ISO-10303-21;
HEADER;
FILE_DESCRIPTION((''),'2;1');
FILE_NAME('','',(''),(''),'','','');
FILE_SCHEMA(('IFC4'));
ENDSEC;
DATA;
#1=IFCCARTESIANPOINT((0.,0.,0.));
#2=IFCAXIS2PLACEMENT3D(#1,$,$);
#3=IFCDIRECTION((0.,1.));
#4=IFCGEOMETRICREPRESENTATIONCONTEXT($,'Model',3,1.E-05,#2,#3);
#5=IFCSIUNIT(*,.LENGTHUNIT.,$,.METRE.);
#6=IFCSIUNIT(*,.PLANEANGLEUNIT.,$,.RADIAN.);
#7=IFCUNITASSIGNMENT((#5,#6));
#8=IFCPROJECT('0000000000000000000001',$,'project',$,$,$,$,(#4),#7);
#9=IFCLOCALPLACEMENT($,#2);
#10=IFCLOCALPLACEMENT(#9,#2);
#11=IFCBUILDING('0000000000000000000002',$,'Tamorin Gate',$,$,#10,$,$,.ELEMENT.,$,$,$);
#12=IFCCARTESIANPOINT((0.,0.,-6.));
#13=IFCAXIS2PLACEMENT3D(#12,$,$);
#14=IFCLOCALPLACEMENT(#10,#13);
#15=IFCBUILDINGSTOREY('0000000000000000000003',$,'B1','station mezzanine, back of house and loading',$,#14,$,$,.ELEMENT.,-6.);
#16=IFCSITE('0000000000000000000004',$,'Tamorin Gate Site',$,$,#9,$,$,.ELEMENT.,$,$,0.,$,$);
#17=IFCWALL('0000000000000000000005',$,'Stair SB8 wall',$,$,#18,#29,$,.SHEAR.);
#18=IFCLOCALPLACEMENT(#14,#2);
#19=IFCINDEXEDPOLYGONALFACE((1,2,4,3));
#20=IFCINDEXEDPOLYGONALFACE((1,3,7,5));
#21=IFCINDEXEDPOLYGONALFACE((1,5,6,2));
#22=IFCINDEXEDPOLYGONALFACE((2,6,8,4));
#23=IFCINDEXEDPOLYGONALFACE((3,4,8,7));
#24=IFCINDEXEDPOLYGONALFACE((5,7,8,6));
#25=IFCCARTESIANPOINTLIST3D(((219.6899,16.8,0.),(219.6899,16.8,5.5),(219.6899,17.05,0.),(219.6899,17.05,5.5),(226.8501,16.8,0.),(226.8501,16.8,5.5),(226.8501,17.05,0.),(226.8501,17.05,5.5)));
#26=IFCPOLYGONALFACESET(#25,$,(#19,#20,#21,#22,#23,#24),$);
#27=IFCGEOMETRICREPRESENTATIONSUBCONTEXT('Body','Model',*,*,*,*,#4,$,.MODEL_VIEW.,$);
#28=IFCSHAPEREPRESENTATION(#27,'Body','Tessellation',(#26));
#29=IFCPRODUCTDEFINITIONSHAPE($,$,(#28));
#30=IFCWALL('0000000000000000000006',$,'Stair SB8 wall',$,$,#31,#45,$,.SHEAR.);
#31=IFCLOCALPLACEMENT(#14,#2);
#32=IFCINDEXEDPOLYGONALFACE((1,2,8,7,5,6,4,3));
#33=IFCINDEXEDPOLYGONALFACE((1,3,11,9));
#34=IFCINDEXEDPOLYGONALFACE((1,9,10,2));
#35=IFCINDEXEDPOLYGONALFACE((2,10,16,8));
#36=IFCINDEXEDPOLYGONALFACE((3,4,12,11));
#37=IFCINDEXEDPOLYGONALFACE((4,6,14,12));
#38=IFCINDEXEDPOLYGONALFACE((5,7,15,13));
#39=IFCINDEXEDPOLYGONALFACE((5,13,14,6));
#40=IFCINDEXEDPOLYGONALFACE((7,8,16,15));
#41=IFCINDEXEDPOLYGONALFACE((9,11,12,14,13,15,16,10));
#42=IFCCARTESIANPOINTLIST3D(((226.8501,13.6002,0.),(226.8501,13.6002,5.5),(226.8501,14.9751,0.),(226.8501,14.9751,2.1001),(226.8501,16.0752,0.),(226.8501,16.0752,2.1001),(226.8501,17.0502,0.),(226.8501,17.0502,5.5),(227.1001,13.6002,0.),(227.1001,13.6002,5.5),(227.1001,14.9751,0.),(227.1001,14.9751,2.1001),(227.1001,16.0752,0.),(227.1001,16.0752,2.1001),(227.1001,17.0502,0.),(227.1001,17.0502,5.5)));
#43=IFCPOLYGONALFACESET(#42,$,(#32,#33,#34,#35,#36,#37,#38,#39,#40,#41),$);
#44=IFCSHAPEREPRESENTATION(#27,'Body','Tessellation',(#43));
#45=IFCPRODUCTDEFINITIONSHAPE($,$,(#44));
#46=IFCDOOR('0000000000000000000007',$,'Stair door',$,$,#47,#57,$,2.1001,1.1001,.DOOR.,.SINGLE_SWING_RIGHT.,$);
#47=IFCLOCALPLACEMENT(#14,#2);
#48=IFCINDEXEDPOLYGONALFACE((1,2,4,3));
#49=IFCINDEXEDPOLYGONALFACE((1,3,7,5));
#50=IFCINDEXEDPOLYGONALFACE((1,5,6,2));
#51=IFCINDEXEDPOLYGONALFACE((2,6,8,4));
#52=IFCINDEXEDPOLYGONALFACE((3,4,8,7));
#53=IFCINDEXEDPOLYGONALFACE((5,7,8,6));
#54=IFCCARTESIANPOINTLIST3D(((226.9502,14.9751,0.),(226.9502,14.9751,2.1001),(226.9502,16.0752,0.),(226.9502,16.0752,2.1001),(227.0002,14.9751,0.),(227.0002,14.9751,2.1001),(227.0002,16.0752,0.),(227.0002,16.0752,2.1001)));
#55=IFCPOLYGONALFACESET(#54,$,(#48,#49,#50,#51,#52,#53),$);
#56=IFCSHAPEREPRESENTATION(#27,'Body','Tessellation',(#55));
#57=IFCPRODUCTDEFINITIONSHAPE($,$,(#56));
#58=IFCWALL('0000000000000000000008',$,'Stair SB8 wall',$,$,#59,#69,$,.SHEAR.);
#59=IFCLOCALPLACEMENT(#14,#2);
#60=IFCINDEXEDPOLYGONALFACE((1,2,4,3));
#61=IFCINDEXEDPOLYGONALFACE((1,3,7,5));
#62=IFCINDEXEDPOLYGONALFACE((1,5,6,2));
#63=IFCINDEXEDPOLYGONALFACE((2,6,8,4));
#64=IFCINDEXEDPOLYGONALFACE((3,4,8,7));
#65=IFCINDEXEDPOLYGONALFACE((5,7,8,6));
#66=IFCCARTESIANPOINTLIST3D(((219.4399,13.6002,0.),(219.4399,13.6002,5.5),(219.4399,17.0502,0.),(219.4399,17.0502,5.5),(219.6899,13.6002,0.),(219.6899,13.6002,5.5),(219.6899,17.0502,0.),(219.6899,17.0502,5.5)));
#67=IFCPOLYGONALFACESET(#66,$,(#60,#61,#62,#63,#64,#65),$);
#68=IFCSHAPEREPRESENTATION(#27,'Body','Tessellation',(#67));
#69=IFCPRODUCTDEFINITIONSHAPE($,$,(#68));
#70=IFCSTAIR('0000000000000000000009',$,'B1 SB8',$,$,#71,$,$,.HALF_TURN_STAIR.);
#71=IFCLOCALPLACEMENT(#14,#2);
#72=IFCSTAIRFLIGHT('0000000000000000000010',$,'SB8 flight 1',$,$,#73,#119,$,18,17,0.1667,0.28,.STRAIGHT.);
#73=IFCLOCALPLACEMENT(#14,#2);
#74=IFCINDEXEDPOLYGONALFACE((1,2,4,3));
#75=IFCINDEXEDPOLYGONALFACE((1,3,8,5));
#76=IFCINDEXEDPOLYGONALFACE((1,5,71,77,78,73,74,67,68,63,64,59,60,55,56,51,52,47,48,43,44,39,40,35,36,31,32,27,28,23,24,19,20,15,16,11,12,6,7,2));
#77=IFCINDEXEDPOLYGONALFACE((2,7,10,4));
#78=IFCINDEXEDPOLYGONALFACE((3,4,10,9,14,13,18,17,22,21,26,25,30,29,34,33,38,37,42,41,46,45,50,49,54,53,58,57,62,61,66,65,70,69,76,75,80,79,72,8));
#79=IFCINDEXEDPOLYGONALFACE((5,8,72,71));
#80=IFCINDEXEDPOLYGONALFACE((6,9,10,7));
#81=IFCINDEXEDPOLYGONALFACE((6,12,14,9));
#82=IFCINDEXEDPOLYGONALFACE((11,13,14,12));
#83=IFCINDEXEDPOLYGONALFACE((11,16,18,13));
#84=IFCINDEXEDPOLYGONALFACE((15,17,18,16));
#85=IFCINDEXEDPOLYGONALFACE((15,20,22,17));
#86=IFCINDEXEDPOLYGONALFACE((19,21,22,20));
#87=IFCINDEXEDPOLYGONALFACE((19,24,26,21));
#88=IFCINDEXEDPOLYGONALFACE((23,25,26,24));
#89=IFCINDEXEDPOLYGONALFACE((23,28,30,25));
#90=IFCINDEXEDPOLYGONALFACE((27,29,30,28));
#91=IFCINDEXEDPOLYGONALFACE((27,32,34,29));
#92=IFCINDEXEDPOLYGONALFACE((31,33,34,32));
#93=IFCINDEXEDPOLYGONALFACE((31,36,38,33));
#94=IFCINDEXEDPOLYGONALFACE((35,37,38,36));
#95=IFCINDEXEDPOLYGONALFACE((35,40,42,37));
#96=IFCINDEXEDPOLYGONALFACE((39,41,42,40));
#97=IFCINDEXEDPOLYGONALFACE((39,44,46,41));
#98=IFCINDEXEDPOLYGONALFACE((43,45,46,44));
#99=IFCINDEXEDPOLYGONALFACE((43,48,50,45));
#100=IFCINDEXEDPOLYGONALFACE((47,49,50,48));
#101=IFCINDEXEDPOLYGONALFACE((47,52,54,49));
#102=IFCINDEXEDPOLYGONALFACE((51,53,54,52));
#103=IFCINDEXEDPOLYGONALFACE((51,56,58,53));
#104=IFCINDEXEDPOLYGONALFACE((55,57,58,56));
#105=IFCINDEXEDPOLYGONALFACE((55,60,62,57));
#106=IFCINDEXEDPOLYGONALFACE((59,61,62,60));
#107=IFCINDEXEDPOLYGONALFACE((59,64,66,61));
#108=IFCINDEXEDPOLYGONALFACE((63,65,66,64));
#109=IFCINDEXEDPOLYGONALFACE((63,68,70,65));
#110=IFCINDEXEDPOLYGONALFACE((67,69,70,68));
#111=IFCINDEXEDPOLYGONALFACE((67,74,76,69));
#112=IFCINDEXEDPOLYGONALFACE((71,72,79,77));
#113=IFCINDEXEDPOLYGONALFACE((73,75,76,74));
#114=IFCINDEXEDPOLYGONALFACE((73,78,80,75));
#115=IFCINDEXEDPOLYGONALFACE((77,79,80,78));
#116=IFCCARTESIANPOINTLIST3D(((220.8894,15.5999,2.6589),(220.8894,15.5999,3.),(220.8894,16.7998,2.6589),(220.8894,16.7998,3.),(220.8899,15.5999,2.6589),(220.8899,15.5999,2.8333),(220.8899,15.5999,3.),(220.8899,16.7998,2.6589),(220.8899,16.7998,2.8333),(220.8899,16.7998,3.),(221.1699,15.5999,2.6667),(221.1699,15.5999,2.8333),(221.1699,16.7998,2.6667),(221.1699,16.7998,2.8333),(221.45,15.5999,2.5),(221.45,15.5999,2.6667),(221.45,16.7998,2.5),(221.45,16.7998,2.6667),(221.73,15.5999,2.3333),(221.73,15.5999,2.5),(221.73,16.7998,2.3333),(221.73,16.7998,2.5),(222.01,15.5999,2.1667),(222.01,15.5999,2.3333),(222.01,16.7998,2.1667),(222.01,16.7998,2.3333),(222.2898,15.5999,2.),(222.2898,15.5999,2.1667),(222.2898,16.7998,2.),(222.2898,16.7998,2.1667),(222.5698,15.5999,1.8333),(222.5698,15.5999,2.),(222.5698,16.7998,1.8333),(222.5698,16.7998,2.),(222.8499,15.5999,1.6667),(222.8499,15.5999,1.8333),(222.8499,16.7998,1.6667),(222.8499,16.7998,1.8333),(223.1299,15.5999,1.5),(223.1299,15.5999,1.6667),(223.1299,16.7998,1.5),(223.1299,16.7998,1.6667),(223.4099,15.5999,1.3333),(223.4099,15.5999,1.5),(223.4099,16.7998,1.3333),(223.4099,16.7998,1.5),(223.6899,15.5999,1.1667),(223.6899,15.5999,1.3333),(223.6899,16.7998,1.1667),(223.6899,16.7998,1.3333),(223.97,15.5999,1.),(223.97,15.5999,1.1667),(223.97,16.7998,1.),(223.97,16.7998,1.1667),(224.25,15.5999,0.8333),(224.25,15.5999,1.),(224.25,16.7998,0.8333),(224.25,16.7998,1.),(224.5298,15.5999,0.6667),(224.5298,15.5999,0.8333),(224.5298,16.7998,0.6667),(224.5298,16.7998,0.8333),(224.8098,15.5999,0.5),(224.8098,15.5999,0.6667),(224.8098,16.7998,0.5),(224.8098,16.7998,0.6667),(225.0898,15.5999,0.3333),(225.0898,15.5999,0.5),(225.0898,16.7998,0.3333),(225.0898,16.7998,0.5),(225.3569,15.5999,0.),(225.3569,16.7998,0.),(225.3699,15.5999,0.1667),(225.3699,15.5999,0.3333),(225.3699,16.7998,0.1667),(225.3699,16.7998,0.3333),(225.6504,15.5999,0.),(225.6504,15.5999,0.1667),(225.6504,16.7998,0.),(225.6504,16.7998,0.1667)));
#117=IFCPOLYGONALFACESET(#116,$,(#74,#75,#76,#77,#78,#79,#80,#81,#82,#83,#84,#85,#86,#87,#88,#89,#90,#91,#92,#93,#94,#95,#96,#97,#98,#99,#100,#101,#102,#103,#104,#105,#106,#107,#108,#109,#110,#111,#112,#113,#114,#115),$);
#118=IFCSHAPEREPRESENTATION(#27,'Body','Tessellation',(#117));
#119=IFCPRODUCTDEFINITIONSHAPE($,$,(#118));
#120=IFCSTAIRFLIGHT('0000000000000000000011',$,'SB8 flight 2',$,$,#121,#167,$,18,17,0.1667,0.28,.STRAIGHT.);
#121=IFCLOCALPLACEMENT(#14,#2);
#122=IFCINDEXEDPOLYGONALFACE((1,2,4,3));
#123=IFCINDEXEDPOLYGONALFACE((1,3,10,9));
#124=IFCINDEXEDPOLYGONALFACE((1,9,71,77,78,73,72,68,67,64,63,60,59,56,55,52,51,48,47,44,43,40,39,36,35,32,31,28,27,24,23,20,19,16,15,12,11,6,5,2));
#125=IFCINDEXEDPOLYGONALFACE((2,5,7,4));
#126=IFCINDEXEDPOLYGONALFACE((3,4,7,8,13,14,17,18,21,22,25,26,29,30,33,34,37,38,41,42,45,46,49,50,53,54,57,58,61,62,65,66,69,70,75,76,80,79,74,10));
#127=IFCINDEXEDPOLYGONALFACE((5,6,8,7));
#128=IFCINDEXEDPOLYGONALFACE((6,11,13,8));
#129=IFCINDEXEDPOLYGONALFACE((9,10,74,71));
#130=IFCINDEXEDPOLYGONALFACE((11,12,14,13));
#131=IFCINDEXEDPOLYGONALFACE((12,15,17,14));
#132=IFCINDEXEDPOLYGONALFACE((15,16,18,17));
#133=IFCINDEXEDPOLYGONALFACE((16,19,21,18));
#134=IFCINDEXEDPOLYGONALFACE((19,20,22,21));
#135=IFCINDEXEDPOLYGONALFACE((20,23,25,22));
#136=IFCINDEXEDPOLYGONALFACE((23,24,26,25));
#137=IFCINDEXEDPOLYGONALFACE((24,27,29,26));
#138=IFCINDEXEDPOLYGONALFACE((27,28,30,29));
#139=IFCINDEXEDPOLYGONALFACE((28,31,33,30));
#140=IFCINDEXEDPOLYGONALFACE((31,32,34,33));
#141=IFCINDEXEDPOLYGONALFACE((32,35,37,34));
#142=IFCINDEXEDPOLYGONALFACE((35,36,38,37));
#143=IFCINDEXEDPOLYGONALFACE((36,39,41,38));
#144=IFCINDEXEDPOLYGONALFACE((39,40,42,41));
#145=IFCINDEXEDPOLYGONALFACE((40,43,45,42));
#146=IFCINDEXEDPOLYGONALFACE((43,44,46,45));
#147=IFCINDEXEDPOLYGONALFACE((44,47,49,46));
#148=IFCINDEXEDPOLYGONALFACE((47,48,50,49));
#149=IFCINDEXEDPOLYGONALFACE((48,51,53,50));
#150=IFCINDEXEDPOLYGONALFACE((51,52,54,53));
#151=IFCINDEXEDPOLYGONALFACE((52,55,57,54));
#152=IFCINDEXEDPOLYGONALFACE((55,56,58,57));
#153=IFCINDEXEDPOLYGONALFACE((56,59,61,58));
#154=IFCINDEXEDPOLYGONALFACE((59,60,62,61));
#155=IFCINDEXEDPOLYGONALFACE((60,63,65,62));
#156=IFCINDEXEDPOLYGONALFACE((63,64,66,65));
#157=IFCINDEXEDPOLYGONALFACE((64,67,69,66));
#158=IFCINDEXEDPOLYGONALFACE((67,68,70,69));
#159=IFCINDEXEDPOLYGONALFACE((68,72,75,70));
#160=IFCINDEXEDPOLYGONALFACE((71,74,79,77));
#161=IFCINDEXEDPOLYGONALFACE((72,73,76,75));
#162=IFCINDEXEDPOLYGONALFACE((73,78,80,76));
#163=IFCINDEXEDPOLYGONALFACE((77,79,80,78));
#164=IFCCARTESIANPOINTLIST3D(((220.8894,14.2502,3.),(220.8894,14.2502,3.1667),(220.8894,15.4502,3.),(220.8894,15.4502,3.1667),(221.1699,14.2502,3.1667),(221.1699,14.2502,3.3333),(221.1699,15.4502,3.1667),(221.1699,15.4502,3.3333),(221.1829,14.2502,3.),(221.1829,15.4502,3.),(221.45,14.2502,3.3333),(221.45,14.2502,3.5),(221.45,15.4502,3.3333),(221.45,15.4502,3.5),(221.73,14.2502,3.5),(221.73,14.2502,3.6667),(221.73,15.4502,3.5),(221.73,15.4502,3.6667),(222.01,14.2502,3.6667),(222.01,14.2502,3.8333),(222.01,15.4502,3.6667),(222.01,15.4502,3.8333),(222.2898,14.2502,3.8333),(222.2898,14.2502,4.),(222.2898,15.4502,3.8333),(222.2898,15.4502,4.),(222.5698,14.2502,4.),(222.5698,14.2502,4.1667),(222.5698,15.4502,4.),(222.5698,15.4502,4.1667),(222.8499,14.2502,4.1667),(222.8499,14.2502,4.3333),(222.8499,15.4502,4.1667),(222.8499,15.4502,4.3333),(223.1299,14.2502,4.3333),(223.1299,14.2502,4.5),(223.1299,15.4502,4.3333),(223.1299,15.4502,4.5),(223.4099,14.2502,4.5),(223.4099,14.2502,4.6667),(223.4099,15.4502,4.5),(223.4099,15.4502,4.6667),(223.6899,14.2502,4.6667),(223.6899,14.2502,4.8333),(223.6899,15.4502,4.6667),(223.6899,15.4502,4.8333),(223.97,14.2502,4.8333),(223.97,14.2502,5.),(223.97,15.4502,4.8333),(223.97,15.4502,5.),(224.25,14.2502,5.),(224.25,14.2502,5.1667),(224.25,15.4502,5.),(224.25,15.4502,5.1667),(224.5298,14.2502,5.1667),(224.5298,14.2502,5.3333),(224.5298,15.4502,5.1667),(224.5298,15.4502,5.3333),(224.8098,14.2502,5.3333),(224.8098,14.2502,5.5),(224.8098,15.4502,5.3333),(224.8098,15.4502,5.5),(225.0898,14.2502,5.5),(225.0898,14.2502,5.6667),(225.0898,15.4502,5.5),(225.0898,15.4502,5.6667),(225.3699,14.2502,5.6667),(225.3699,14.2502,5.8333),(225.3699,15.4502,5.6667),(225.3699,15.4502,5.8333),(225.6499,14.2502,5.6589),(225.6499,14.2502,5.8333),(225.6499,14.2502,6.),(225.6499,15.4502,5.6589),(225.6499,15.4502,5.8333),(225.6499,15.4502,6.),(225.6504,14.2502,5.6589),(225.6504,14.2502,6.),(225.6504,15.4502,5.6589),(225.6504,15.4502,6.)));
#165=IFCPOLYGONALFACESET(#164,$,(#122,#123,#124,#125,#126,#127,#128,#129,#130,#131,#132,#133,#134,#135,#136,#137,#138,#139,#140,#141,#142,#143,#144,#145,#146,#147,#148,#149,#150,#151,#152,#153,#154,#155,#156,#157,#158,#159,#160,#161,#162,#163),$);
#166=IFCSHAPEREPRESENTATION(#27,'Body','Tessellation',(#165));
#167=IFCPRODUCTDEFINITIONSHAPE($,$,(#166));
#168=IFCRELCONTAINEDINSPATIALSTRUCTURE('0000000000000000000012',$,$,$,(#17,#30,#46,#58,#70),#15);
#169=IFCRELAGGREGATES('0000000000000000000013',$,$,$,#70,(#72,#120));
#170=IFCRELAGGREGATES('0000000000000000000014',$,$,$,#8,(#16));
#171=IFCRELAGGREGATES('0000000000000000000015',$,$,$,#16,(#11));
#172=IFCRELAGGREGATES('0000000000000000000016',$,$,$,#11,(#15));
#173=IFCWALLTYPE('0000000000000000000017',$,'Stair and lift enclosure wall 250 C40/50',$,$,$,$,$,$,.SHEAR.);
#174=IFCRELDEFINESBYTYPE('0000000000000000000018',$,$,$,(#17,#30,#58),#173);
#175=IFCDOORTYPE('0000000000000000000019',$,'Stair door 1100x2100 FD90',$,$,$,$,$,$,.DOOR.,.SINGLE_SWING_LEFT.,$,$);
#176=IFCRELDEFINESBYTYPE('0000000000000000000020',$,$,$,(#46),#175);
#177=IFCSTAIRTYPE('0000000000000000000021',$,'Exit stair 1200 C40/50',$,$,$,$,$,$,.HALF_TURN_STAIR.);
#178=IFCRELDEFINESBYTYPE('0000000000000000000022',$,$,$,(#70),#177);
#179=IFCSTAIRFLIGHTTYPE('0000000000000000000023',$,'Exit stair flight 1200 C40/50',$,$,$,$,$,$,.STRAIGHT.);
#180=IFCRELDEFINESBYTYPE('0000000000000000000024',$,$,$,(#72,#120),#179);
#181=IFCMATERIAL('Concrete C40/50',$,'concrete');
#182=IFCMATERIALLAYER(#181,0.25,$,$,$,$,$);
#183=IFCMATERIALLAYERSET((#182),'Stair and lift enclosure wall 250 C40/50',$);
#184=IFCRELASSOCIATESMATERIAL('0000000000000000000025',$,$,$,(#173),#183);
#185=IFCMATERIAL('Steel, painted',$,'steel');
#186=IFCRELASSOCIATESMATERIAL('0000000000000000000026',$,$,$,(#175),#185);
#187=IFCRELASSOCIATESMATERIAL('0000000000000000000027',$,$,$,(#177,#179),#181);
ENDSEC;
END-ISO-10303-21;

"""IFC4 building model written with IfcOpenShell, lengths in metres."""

from ifc_helpers import new_model, si_unit, direction, frame, frame_2d, origin, place, context, subcontext, project, spatial, polyline, rectangle, outline, extrude, material, layer, layer_set, type_object, element, fill, aggregate, save


model = new_model("IFC4")

# Units and contexts
model_context = context("Model", 3, precision=1e-05, world=origin(), true_north=direction((0.0, 1.0)))
body_context = subcontext(model_context, "Body", "Model", "MODEL_VIEW")
ifc_project = project(units=[si_unit("LENGTHUNIT", "METRE"), si_unit("PLANEANGLEUNIT", "RADIAN")], contexts=[model_context])

# Site, building, storey
site_placement = place(None, origin())
site = spatial("IfcSite", under=ifc_project, at=site_placement, Name="Tamorin Gate Site", CompositionType="ELEMENT", RefElevation=0.0)
building_placement = place(site_placement, origin())
building = spatial("IfcBuilding", under=site, at=building_placement, Name="Tamorin Gate", CompositionType="ELEMENT")
storey_placement = place(building_placement, frame((0.0, 0.0, -6.0)))
storey = spatial("IfcBuildingStorey", under=building, at=storey_placement, Name="B1", Description="station mezzanine, back of house and loading", CompositionType="ELEMENT", Elevation=-6.0)

# Wall
ifc_material_1 = material(Name="Concrete C40/50", Category="concrete")
ifc_layer_1 = layer(ifc_material_1, 0.25)
ifc_layer_set_1 = layer_set([ifc_layer_1], Name="Stair and lift enclosure wall 250 C40/50")
wall_type_1 = type_object("IfcWallType", Name="Stair and lift enclosure wall 250 C40/50", PredefinedType="SHEAR", material=ifc_layer_set_1)
for number, where, z_axis, x_axis, name in (
    (1, (219.6899, 16.925, 0.0), (0.0, 0.0, 1.0), (1.0, 0.0, 0.0), "Stair SB8 wall"),
):
    element("IfcWall", number, at=place(storey_placement, frame(where, z_axis=z_axis, x_axis=x_axis)), inside=storey, type_object=wall_type_1, Name=name, PredefinedType="SHEAR", context=body_context, shape_type="SweptSolid", body=[
        extrude(rectangle(XDim=7.1602, YDim=0.25, at=frame_2d((3.5801, 0.0))), origin(), (0.0, 0.0, 1.0), 5.5),
    ])

# Wall, opening, door
wall_1_placement = place(storey_placement, frame((226.9751, 13.6001, 0.0), z_axis=(0.0, 0.0, 1.0), x_axis=(0.0, 1.0, 0.0)))
wall_1 = element("IfcWall", 2, at=wall_1_placement, inside=storey, type_object=wall_type_1, Name="Stair SB8 wall", PredefinedType="SHEAR", context=body_context, shape_type="SweptSolid", body=[
    extrude(rectangle(XDim=3.45, YDim=0.25, at=frame_2d((1.7251, 0.0))), origin(), (0.0, 0.0, 1.0), 5.5),
])
opening_placement = place(wall_1_placement, frame((1.375, 0.0, 0.0)))
opening = element("IfcOpeningElement", 3, at=opening_placement, cuts=wall_1, PredefinedType="OPENING", context=body_context, shape_type="SweptSolid", body=[
    extrude(rectangle(XDim=1.1001, YDim=2.1001, at=frame_2d((0.55, 1.05))), frame((0.0, 0.135, 0.0), z_axis=(0.0, -1.0, 0.0), x_axis=(1.0, 0.0, 0.0)), (0.0, 0.0, 1.0), 0.27),
])
ifc_material_2 = material(Name="Steel, painted", Category="steel")
door_type = type_object("IfcDoorType", Name="Stair door 1100x2100 FD90", OperationType="SINGLE_SWING_LEFT", PredefinedType="DOOR", material=ifc_material_2)
door_placement = place(opening_placement, origin())
door = element("IfcDoor", 4, at=door_placement, inside=storey, type_object=door_type, Name="Stair door", OperationType="SINGLE_SWING_RIGHT", OverallHeight=2.1001, OverallWidth=1.1001, PredefinedType="DOOR", context=body_context, shape_type="SweptSolid", body=[
    extrude(rectangle(XDim=1.1001, YDim=2.1001, at=frame_2d((0.55, 1.05))), frame((0.0, 0.0249, 0.0), z_axis=(0.0, -1.0, 0.0), x_axis=(1.0, 0.0, 0.0)), (0.0, 0.0, 1.0), 0.05),
])
fill(opening, door)

# Wall
wall_2_placement = place(storey_placement, frame((219.5649, 13.6001, 0.0), z_axis=(0.0, 0.0, 1.0), x_axis=(0.0, 1.0, 0.0)))
element("IfcWall", 5, at=wall_2_placement, inside=storey, type_object=wall_type_1, Name="Stair SB8 wall", PredefinedType="SHEAR", context=body_context, shape_type="SweptSolid", body=[
    extrude(rectangle(XDim=3.45, YDim=0.25, at=frame_2d((1.7251, 0.0))), origin(), (0.0, 0.0, 1.0), 5.5),
])

# Stair, stair flights
stair_type = type_object("IfcStairType", Name="Exit stair 1200 C40/50", PredefinedType="HALF_TURN_STAIR", material=ifc_material_1)
stair_placement = place(storey_placement, origin())
stair = element("IfcStair", 6, at=stair_placement, inside=storey, type_object=stair_type, Name="B1 SB8", PredefinedType="HALF_TURN_STAIR")
stair_flight_type = type_object("IfcStairFlightType", Name="Exit stair flight 1200 C40/50", PredefinedType="STRAIGHT", material=ifc_material_1)
stair_flight_1_placement = place(storey_placement, frame((225.6499, 16.2, 0.0), z_axis=(0.0, 0.0, 1.0), x_axis=(-1.0, 0.0, 0.0)))
stair_flight_1 = element("IfcStairFlight", 7, at=stair_flight_1_placement, type_object=stair_flight_type, Name="SB8 flight 1", NumberOfRisers=18, NumberOfTreads=17, PredefinedType="STRAIGHT", RiserHeight=0.1667, TreadLength=0.28, context=body_context, shape_type="SweptSolid", body=[
    extrude(outline(polyline([(-0.0005, 0.0), (-0.0005, 0.1667), (0.28, 0.1667), (0.28, 0.3333), (0.5601, 0.3333), (0.5601, 0.5), (0.8401, 0.5), (0.8401, 0.6667), (1.1201, 0.6667), (1.1201, 0.8333), (1.3999, 0.8333), (1.3999, 1.0), (1.6799, 1.0), (1.6799, 1.1667), (1.96, 1.1667), (1.96, 1.3333), (2.24, 1.3333), (2.24, 1.5), (2.52, 1.5), (2.52, 1.6667), (2.8, 1.6667), (2.8, 1.8333), (3.0801, 1.8333), (3.0801, 2.0), (3.3601, 2.0), (3.3601, 2.1667), (3.6399, 2.1667), (3.6399, 2.3333), (3.9199, 2.3333), (3.9199, 2.5), (4.2, 2.5), (4.2, 2.6667), (4.48, 2.6667), (4.48, 2.8333), (4.76, 2.8333), (4.76, 3.0), (4.7605, 3.0), (4.7605, 2.6589), (4.76, 2.6589), (0.293, 0.0), (-0.0005, 0.0)])), frame((0.0, 0.6001, 0.0), z_axis=(0.0, -1.0, 0.0), x_axis=(1.0, 0.0, 0.0)), (0.0, 0.0, 1.0), 1.2),
])
stair_flight_2_placement = place(storey_placement, frame((220.8899, 14.8501, 3.0), z_axis=(0.0, 0.0, 1.0), x_axis=(1.0, 0.0, 0.0)))
stair_flight_2 = element("IfcStairFlight", 8, at=stair_flight_2_placement, type_object=stair_flight_type, Name="SB8 flight 2", NumberOfRisers=18, NumberOfTreads=17, PredefinedType="STRAIGHT", RiserHeight=0.1667, TreadLength=0.28, context=body_context, shape_type="SweptSolid", body=[
    extrude(outline(polyline([(-0.0005, 0.0), (-0.0005, 0.1667), (0.28, 0.1667), (0.28, 0.3333), (0.5601, 0.3333), (0.5601, 0.5), (0.8401, 0.5), (0.8401, 0.6667), (1.1201, 0.6667), (1.1201, 0.8333), (1.3999, 0.8333), (1.3999, 1.0), (1.6799, 1.0), (1.6799, 1.1667), (1.96, 1.1667), (1.96, 1.3333), (2.24, 1.3333), (2.24, 1.5), (2.52, 1.5), (2.52, 1.6667), (2.8, 1.6667), (2.8, 1.8333), (3.0801, 1.8333), (3.0801, 2.0), (3.3601, 2.0), (3.3601, 2.1667), (3.6399, 2.1667), (3.6399, 2.3333), (3.9199, 2.3333), (3.9199, 2.5), (4.2, 2.5), (4.2, 2.6667), (4.48, 2.6667), (4.48, 2.8333), (4.76, 2.8333), (4.76, 3.0), (4.7605, 3.0), (4.7605, 2.6589), (4.76, 2.6589), (0.293, 0.0), (-0.0005, 0.0)])), frame((0.0, 0.6001, 0.0), z_axis=(0.0, -1.0, 0.0), x_axis=(1.0, 0.0, 0.0)), (0.0, 0.0, 1.0), 1.2),
])
aggregate(stair, [stair_flight_1, stair_flight_2])

save(model, "model.ifc")
